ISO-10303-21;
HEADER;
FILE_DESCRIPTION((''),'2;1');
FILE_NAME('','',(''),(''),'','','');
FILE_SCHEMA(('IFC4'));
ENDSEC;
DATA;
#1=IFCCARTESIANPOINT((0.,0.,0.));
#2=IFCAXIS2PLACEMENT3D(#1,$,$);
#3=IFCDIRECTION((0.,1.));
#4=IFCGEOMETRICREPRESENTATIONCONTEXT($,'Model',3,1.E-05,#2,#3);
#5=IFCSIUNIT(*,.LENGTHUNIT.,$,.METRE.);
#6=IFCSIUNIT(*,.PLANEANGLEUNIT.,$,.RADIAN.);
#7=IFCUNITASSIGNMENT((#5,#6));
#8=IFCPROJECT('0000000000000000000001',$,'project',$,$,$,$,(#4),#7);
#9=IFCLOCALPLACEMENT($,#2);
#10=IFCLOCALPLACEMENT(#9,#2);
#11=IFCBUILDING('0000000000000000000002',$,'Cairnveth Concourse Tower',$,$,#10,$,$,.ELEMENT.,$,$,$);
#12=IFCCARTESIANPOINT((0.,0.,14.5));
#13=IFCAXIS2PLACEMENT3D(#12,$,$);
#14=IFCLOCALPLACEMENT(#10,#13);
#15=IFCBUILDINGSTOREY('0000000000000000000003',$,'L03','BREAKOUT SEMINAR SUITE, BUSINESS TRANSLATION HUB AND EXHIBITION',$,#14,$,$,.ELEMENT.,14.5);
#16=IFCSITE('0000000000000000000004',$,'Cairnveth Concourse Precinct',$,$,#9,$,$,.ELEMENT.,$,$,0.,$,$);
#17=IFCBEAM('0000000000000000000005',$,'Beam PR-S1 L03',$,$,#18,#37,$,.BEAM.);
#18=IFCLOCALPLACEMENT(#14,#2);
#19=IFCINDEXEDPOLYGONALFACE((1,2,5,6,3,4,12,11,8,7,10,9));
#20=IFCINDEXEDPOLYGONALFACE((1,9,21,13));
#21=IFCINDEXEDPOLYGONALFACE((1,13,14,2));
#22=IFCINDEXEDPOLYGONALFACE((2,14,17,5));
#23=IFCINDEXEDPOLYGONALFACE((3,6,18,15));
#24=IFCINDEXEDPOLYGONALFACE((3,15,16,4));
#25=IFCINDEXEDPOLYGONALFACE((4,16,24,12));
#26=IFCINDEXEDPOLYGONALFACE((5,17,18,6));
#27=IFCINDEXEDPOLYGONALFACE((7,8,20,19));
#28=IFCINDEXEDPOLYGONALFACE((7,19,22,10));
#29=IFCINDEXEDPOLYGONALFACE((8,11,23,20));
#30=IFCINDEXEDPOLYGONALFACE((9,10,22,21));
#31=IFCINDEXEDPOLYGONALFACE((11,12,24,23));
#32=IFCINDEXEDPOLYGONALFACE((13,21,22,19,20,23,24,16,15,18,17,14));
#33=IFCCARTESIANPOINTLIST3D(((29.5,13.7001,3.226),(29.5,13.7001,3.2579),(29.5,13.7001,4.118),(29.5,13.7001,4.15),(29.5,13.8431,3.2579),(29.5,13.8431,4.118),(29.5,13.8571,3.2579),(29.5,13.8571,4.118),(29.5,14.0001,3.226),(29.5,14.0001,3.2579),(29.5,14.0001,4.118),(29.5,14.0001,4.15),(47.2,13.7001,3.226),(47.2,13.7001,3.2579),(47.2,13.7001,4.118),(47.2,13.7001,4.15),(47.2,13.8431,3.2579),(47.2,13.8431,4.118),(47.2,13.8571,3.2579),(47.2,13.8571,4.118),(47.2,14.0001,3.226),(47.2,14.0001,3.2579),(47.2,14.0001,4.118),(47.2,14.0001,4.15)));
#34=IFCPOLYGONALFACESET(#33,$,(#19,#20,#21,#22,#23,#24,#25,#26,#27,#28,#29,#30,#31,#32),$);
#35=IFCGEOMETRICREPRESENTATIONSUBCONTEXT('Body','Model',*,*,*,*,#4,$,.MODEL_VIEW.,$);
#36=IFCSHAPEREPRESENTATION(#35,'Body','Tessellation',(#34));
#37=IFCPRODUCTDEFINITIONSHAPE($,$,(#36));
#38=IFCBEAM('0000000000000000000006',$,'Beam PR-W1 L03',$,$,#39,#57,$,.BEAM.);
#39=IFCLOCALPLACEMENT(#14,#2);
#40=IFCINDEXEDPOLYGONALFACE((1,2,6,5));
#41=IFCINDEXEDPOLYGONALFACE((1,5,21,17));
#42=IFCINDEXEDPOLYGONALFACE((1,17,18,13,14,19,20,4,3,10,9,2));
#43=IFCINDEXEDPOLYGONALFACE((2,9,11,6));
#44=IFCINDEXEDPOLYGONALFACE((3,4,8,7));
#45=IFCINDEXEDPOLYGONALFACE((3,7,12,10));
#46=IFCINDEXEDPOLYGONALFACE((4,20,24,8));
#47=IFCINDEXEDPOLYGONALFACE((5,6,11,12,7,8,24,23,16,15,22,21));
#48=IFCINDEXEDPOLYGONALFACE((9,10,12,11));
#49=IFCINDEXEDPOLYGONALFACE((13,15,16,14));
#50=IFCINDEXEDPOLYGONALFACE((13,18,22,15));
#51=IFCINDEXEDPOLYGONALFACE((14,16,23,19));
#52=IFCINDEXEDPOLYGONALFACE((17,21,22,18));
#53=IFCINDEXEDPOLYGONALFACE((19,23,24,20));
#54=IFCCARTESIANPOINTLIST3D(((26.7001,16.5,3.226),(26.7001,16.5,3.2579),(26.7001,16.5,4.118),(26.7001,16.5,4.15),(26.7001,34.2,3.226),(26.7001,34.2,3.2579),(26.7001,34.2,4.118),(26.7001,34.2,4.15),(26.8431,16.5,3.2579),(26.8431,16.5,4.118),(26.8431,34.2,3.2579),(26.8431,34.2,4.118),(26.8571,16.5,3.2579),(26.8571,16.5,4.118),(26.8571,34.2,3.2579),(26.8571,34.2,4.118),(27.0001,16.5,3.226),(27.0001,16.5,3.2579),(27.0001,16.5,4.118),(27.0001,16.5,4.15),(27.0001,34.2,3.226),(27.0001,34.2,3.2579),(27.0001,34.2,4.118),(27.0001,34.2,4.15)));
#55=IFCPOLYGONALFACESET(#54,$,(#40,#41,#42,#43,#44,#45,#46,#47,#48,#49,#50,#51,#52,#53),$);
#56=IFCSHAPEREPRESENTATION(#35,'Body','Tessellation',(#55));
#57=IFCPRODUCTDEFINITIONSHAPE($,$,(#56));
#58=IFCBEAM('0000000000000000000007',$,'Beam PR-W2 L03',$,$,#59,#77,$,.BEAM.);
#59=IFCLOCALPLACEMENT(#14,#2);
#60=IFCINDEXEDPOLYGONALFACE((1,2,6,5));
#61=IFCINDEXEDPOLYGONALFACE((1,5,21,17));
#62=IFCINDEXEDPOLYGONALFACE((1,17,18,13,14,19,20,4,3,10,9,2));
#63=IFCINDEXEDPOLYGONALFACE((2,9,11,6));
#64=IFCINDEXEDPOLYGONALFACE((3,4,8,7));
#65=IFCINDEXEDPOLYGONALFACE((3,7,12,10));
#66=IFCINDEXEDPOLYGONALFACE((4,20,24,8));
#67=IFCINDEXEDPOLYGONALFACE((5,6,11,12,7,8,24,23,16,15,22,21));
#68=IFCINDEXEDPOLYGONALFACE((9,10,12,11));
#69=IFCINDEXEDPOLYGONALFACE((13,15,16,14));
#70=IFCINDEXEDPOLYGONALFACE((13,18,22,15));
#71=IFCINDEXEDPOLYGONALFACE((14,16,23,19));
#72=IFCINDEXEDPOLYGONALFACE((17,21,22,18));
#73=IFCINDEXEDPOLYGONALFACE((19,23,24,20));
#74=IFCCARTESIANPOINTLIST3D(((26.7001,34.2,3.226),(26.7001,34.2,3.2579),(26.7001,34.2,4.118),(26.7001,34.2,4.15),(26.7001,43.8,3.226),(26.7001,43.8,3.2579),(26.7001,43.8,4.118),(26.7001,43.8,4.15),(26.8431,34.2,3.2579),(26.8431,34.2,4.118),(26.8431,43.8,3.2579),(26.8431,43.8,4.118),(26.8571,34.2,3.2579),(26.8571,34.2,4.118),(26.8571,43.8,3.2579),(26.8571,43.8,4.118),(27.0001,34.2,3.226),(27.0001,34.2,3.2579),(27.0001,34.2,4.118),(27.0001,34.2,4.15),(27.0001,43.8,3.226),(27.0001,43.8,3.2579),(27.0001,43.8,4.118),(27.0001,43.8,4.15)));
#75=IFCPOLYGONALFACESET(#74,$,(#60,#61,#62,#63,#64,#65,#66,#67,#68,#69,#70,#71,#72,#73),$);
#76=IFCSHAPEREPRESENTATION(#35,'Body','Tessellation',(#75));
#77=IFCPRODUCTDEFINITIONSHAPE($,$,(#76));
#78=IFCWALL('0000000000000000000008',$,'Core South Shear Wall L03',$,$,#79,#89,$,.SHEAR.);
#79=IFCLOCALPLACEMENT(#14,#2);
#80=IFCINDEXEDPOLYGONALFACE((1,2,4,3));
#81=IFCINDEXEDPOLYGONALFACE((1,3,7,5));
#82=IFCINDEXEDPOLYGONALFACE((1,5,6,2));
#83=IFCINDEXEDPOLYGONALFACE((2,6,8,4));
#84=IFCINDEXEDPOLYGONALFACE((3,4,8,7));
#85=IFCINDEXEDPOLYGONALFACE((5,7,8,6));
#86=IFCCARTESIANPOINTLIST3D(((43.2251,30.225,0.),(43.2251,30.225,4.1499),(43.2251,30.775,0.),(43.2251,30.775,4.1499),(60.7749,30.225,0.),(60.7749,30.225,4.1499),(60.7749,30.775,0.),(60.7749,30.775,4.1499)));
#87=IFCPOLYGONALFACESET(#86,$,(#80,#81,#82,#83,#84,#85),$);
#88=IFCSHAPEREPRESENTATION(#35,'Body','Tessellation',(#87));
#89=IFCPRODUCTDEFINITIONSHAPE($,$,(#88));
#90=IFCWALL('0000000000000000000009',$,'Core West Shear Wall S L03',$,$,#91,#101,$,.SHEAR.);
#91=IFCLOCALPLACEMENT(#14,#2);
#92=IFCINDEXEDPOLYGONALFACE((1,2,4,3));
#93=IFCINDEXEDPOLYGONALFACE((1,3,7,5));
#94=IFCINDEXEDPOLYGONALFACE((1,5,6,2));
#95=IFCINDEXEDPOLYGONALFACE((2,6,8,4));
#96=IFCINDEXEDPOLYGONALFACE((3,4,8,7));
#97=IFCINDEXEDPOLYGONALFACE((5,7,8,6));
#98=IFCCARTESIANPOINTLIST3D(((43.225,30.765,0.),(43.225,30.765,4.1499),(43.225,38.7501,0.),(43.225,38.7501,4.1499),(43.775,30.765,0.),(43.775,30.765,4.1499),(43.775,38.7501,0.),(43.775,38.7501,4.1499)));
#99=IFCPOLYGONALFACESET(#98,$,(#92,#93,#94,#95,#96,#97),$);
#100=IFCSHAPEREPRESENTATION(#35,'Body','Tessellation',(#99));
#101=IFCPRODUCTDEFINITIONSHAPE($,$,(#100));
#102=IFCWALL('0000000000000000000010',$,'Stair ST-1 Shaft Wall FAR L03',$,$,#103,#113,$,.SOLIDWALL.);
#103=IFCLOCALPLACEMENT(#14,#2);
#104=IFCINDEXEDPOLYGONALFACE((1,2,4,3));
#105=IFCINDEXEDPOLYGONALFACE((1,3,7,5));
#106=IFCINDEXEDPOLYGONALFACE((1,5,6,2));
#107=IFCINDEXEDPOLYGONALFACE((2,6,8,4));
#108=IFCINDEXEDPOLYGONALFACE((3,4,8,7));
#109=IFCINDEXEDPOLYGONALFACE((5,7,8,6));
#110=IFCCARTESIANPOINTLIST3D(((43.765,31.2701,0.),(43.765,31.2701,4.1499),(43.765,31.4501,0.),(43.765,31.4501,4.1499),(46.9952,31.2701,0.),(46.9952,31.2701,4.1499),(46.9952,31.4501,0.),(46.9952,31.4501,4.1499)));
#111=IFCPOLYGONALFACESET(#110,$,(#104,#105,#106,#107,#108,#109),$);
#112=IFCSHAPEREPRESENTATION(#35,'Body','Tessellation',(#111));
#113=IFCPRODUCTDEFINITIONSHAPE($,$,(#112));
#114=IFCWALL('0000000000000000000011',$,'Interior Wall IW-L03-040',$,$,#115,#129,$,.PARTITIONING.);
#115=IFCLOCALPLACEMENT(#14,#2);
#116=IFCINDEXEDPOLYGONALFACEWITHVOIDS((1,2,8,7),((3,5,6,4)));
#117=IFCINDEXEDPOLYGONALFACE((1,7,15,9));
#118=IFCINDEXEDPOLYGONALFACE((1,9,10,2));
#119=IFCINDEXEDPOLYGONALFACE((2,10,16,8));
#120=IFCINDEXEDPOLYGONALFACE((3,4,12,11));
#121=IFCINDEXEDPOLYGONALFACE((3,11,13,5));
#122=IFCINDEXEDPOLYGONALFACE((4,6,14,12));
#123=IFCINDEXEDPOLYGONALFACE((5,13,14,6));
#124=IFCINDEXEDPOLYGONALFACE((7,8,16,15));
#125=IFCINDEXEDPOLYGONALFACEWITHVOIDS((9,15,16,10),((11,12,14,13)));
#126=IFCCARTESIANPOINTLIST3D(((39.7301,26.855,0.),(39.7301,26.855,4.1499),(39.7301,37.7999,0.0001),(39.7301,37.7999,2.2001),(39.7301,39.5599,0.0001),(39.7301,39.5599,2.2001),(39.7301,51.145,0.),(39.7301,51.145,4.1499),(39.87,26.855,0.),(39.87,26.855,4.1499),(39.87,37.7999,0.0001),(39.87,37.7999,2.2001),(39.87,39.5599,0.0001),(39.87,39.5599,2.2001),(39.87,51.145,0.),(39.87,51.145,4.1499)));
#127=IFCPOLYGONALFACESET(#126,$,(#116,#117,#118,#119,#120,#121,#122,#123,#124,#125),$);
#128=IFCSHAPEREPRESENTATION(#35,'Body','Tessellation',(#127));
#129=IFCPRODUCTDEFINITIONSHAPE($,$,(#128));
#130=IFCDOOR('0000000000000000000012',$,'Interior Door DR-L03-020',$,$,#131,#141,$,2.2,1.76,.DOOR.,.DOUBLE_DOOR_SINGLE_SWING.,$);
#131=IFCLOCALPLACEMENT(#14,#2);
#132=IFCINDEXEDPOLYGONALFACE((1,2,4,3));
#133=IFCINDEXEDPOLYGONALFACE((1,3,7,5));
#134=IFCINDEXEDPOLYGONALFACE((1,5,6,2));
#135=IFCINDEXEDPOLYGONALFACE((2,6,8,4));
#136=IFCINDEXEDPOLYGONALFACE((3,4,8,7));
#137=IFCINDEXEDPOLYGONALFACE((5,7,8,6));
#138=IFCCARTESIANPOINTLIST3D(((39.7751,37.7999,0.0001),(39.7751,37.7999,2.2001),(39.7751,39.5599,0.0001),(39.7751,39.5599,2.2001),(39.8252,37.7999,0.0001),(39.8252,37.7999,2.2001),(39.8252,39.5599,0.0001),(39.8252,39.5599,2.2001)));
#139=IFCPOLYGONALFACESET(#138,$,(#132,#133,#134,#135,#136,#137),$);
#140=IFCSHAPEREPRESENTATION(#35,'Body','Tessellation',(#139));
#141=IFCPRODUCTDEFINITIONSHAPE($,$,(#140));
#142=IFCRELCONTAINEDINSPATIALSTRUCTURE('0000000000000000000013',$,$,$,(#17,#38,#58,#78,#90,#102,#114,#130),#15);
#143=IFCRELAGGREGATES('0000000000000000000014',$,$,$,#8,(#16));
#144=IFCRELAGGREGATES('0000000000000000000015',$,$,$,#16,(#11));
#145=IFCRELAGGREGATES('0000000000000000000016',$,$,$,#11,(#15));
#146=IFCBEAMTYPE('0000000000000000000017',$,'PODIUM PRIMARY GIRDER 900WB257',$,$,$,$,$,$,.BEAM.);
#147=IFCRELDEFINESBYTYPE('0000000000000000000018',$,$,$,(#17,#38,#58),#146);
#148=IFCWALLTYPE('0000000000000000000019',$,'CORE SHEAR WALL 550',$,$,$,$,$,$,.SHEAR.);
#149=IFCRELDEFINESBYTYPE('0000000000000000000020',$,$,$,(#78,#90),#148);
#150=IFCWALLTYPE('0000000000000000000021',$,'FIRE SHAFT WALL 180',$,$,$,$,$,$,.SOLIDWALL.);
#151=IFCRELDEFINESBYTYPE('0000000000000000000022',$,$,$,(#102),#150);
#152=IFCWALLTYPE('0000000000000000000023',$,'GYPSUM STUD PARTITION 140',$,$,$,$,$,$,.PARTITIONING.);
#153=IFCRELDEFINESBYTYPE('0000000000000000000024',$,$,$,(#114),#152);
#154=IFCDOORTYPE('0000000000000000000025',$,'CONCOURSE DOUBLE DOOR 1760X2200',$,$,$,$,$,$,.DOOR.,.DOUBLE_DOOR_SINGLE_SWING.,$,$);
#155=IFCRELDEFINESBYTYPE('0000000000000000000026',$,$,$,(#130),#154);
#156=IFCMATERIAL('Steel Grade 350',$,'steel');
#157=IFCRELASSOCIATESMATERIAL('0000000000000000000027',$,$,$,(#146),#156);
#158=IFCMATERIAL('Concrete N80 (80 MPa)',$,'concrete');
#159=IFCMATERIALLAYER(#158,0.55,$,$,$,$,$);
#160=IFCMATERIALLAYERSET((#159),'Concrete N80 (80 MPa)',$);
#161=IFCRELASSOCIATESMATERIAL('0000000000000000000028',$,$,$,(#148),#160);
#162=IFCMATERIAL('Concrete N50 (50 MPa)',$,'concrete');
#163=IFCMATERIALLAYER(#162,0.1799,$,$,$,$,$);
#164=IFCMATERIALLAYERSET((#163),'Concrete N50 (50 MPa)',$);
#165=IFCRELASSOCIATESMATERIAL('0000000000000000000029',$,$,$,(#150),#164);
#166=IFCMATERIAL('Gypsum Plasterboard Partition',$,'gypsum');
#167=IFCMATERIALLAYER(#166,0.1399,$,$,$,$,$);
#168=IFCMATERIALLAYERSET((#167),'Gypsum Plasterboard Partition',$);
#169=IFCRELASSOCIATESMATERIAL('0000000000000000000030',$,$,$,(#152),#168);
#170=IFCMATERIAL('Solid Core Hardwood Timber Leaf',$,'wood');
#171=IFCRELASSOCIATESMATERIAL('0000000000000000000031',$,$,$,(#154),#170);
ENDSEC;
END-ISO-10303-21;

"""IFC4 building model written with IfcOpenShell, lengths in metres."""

from ifc_helpers import new_model, si_unit, direction, frame, frame_2d, origin, origin_2d, place, context, subcontext, project, spatial, rectangle, i_section, extrude, material, layer, layer_set, material_profile, profile_set, type_object, element, fill, save


model = new_model("IFC4")

# Units and contexts
model_context = context("Model", 3, precision=1e-05, world=origin(), true_north=direction((0.0, 1.0)))
body_context = subcontext(model_context, "Body", "Model", "MODEL_VIEW")
ifc_project = project(units=[si_unit("LENGTHUNIT", "METRE"), si_unit("PLANEANGLEUNIT", "RADIAN")], contexts=[model_context])

# Site, building, storey
site_placement = place(None, origin())
site = spatial("IfcSite", under=ifc_project, at=site_placement, Name="Cairnveth Concourse Precinct", CompositionType="ELEMENT", RefElevation=0.0)
building_placement = place(site_placement, origin())
building = spatial("IfcBuilding", under=site, at=building_placement, Name="Cairnveth Concourse Tower", CompositionType="ELEMENT")
storey_placement = place(building_placement, frame((0.0, 0.0, 14.5)))
storey = spatial("IfcBuildingStorey", under=building, at=storey_placement, Name="L03", Description="BREAKOUT SEMINAR SUITE, BUSINESS TRANSLATION HUB AND EXHIBITION", CompositionType="ELEMENT", Elevation=14.5)

# Shared definitions
ifc_material_1 = material(Name="Concrete N80 (80 MPa)", Category="concrete")

# Beams
ifc_material_2 = material(Name="Steel Grade 350", Category="steel")
ifc_material_profile_1 = material_profile(ifc_material_2, i_section(OverallWidth=0.3, OverallDepth=0.9241, WebThickness=0.0139, FlangeThickness=0.032, at=origin_2d()), Name="900WB257")
ifc_profile_set_1 = profile_set([ifc_material_profile_1], Name="Steel Grade 350")
beam_type_1 = type_object("IfcBeamType", Name="PODIUM PRIMARY GIRDER 900WB257", PredefinedType="BEAM", material=ifc_profile_set_1)
for number, where, z_axis, x_axis, name in (
    (1, (29.5, 13.8501, 3.688), (1.0, 0.0, 0.0), (0.0, 1.0, 0.0), "Beam PR-S1 L03"),
    (2, (26.8501, 16.5, 3.688), (0.0, 1.0, 0.0), (-1.0, 0.0, 0.0), "Beam PR-W1 L03"),
):
    element("IfcBeam", number, at=place(storey_placement, frame(where, z_axis=z_axis, x_axis=x_axis)), inside=storey, type_object=beam_type_1, Name=name, PredefinedType="BEAM", context=body_context, shape_type="SweptSolid", body=[
        extrude(i_section(OverallWidth=0.3, OverallDepth=0.9241, WebThickness=0.0139, FlangeThickness=0.032, at=origin_2d()), origin(), (0.0, 0.0, 1.0), 17.7),
    ])
beam_1_placement = place(storey_placement, frame((26.8501, 34.2, 3.688), z_axis=(0.0, 1.0, 0.0), x_axis=(-1.0, 0.0, 0.0)))
element("IfcBeam", 3, at=beam_1_placement, inside=storey, type_object=beam_type_1, Name="Beam PR-W2 L03", PredefinedType="BEAM", context=body_context, shape_type="SweptSolid", body=[
    extrude(i_section(OverallWidth=0.3, OverallDepth=0.9241, WebThickness=0.0139, FlangeThickness=0.032, at=origin_2d()), origin(), (0.0, 0.0, 1.0), 9.6001),
])

# Walls
ifc_layer_1 = layer(ifc_material_1, 0.55)
ifc_layer_set_1 = layer_set([ifc_layer_1], Name="Concrete N80 (80 MPa)")
wall_type_1 = type_object("IfcWallType", Name="CORE SHEAR WALL 550", PredefinedType="SHEAR", material=ifc_layer_set_1)
wall_1_placement = place(storey_placement, frame((43.2251, 30.5, 0.0), z_axis=(0.0, 0.0, 1.0), x_axis=(1.0, 0.0, 0.0)))
element("IfcWall", 4, at=wall_1_placement, inside=storey, type_object=wall_type_1, Name="Core South Shear Wall L03", PredefinedType="SHEAR", context=body_context, shape_type="SweptSolid", body=[
    extrude(rectangle(XDim=17.5498, YDim=0.55, at=frame_2d((8.7749, 0.0))), origin(), (0.0, 0.0, 1.0), 4.1499),
])
wall_2_placement = place(storey_placement, frame((43.5, 30.7649, 0.0), z_axis=(0.0, 0.0, 1.0), x_axis=(0.0, 1.0, 0.0)))
element("IfcWall", 5, at=wall_2_placement, inside=storey, type_object=wall_type_1, Name="Core West Shear Wall S L03", PredefinedType="SHEAR", context=body_context, shape_type="SweptSolid", body=[
    extrude(rectangle(XDim=7.9851, YDim=0.55, at=frame_2d((3.9927, 0.0))), origin(), (0.0, 0.0, 1.0), 4.1499),
])

# Shared definitions
ifc_material_3 = material(Name="Concrete N50 (50 MPa)", Category="concrete")
ifc_layer_2 = layer(ifc_material_3, 0.1799)
ifc_layer_set_2 = layer_set([ifc_layer_2], Name="Concrete N50 (50 MPa)")
wall_type_2 = type_object("IfcWallType", Name="FIRE SHAFT WALL 180", PredefinedType="SOLIDWALL", material=ifc_layer_set_2)

# Wall
wall_3_placement = place(storey_placement, frame((43.7649, 31.3601, 0.0), z_axis=(0.0, 0.0, 1.0), x_axis=(1.0, 0.0, 0.0)))
element("IfcWall", 6, at=wall_3_placement, inside=storey, type_object=wall_type_2, Name="Stair ST-1 Shaft Wall FAR L03", PredefinedType="SOLIDWALL", context=body_context, shape_type="SweptSolid", body=[
    extrude(rectangle(XDim=3.2302, YDim=0.1799, at=frame_2d((1.6152, 0.0))), origin(), (0.0, 0.0, 1.0), 4.1499),
])

# Wall, opening, door
ifc_material_4 = material(Name="Gypsum Plasterboard Partition", Category="gypsum")
ifc_layer_3 = layer(ifc_material_4, 0.1399)
ifc_layer_set_3 = layer_set([ifc_layer_3], Name="Gypsum Plasterboard Partition")
wall_type_3 = type_object("IfcWallType", Name="GYPSUM STUD PARTITION 140", PredefinedType="PARTITIONING", material=ifc_layer_set_3)
wall_4_placement = place(storey_placement, frame((39.8, 26.855, 0.0), z_axis=(0.0, 0.0, 1.0), x_axis=(0.0, 1.0, 0.0)))
wall_4 = element("IfcWall", 7, at=wall_4_placement, inside=storey, type_object=wall_type_3, Name="Interior Wall IW-L03-040", PredefinedType="PARTITIONING", context=body_context, shape_type="SweptSolid", body=[
    extrude(rectangle(XDim=24.29, YDim=0.1399, at=frame_2d((12.145, 0.0))), origin(), (0.0, 0.0, 1.0), 4.1499),
])
opening_1_placement = place(wall_4_placement, frame((10.9451, 0.0, 0.0)))
opening_1 = element("IfcOpeningElement", 8, at=opening_1_placement, cuts=wall_4, PredefinedType="OPENING", context=body_context, shape_type="SweptSolid", body=[
    extrude(rectangle(XDim=1.76, YDim=2.2, at=frame_2d((0.8799, 1.1001))), frame((0.0, 0.0798, 0.0), z_axis=(0.0, -1.0, 0.0), x_axis=(1.0, 0.0, 0.0)), (0.0, 0.0, 1.0), 0.1599),
])
ifc_material_5 = material(Name="Solid Core Hardwood Timber Leaf", Category="wood")
door_type_1 = type_object("IfcDoorType", Name="CONCOURSE DOUBLE DOOR 1760X2200", OperationType="DOUBLE_DOOR_SINGLE_SWING", PredefinedType="DOOR", material=ifc_material_5)
door_1_placement = place(opening_1_placement, origin())
door_1 = element("IfcDoor", 9, at=door_1_placement, inside=storey, type_object=door_type_1, Name="Interior Door DR-L03-020", OperationType="DOUBLE_DOOR_SINGLE_SWING", OverallHeight=2.2, OverallWidth=1.76, PredefinedType="DOOR", context=body_context, shape_type="SweptSolid", body=[
    extrude(rectangle(XDim=1.76, YDim=2.2, at=frame_2d((0.8799, 1.1001))), frame((0.0, 0.0249, 0.0), z_axis=(0.0, -1.0, 0.0), x_axis=(1.0, 0.0, 0.0)), (0.0, 0.0, 1.0), 0.05),
])
fill(opening_1, door_1)

save(model, "model.ifc")
